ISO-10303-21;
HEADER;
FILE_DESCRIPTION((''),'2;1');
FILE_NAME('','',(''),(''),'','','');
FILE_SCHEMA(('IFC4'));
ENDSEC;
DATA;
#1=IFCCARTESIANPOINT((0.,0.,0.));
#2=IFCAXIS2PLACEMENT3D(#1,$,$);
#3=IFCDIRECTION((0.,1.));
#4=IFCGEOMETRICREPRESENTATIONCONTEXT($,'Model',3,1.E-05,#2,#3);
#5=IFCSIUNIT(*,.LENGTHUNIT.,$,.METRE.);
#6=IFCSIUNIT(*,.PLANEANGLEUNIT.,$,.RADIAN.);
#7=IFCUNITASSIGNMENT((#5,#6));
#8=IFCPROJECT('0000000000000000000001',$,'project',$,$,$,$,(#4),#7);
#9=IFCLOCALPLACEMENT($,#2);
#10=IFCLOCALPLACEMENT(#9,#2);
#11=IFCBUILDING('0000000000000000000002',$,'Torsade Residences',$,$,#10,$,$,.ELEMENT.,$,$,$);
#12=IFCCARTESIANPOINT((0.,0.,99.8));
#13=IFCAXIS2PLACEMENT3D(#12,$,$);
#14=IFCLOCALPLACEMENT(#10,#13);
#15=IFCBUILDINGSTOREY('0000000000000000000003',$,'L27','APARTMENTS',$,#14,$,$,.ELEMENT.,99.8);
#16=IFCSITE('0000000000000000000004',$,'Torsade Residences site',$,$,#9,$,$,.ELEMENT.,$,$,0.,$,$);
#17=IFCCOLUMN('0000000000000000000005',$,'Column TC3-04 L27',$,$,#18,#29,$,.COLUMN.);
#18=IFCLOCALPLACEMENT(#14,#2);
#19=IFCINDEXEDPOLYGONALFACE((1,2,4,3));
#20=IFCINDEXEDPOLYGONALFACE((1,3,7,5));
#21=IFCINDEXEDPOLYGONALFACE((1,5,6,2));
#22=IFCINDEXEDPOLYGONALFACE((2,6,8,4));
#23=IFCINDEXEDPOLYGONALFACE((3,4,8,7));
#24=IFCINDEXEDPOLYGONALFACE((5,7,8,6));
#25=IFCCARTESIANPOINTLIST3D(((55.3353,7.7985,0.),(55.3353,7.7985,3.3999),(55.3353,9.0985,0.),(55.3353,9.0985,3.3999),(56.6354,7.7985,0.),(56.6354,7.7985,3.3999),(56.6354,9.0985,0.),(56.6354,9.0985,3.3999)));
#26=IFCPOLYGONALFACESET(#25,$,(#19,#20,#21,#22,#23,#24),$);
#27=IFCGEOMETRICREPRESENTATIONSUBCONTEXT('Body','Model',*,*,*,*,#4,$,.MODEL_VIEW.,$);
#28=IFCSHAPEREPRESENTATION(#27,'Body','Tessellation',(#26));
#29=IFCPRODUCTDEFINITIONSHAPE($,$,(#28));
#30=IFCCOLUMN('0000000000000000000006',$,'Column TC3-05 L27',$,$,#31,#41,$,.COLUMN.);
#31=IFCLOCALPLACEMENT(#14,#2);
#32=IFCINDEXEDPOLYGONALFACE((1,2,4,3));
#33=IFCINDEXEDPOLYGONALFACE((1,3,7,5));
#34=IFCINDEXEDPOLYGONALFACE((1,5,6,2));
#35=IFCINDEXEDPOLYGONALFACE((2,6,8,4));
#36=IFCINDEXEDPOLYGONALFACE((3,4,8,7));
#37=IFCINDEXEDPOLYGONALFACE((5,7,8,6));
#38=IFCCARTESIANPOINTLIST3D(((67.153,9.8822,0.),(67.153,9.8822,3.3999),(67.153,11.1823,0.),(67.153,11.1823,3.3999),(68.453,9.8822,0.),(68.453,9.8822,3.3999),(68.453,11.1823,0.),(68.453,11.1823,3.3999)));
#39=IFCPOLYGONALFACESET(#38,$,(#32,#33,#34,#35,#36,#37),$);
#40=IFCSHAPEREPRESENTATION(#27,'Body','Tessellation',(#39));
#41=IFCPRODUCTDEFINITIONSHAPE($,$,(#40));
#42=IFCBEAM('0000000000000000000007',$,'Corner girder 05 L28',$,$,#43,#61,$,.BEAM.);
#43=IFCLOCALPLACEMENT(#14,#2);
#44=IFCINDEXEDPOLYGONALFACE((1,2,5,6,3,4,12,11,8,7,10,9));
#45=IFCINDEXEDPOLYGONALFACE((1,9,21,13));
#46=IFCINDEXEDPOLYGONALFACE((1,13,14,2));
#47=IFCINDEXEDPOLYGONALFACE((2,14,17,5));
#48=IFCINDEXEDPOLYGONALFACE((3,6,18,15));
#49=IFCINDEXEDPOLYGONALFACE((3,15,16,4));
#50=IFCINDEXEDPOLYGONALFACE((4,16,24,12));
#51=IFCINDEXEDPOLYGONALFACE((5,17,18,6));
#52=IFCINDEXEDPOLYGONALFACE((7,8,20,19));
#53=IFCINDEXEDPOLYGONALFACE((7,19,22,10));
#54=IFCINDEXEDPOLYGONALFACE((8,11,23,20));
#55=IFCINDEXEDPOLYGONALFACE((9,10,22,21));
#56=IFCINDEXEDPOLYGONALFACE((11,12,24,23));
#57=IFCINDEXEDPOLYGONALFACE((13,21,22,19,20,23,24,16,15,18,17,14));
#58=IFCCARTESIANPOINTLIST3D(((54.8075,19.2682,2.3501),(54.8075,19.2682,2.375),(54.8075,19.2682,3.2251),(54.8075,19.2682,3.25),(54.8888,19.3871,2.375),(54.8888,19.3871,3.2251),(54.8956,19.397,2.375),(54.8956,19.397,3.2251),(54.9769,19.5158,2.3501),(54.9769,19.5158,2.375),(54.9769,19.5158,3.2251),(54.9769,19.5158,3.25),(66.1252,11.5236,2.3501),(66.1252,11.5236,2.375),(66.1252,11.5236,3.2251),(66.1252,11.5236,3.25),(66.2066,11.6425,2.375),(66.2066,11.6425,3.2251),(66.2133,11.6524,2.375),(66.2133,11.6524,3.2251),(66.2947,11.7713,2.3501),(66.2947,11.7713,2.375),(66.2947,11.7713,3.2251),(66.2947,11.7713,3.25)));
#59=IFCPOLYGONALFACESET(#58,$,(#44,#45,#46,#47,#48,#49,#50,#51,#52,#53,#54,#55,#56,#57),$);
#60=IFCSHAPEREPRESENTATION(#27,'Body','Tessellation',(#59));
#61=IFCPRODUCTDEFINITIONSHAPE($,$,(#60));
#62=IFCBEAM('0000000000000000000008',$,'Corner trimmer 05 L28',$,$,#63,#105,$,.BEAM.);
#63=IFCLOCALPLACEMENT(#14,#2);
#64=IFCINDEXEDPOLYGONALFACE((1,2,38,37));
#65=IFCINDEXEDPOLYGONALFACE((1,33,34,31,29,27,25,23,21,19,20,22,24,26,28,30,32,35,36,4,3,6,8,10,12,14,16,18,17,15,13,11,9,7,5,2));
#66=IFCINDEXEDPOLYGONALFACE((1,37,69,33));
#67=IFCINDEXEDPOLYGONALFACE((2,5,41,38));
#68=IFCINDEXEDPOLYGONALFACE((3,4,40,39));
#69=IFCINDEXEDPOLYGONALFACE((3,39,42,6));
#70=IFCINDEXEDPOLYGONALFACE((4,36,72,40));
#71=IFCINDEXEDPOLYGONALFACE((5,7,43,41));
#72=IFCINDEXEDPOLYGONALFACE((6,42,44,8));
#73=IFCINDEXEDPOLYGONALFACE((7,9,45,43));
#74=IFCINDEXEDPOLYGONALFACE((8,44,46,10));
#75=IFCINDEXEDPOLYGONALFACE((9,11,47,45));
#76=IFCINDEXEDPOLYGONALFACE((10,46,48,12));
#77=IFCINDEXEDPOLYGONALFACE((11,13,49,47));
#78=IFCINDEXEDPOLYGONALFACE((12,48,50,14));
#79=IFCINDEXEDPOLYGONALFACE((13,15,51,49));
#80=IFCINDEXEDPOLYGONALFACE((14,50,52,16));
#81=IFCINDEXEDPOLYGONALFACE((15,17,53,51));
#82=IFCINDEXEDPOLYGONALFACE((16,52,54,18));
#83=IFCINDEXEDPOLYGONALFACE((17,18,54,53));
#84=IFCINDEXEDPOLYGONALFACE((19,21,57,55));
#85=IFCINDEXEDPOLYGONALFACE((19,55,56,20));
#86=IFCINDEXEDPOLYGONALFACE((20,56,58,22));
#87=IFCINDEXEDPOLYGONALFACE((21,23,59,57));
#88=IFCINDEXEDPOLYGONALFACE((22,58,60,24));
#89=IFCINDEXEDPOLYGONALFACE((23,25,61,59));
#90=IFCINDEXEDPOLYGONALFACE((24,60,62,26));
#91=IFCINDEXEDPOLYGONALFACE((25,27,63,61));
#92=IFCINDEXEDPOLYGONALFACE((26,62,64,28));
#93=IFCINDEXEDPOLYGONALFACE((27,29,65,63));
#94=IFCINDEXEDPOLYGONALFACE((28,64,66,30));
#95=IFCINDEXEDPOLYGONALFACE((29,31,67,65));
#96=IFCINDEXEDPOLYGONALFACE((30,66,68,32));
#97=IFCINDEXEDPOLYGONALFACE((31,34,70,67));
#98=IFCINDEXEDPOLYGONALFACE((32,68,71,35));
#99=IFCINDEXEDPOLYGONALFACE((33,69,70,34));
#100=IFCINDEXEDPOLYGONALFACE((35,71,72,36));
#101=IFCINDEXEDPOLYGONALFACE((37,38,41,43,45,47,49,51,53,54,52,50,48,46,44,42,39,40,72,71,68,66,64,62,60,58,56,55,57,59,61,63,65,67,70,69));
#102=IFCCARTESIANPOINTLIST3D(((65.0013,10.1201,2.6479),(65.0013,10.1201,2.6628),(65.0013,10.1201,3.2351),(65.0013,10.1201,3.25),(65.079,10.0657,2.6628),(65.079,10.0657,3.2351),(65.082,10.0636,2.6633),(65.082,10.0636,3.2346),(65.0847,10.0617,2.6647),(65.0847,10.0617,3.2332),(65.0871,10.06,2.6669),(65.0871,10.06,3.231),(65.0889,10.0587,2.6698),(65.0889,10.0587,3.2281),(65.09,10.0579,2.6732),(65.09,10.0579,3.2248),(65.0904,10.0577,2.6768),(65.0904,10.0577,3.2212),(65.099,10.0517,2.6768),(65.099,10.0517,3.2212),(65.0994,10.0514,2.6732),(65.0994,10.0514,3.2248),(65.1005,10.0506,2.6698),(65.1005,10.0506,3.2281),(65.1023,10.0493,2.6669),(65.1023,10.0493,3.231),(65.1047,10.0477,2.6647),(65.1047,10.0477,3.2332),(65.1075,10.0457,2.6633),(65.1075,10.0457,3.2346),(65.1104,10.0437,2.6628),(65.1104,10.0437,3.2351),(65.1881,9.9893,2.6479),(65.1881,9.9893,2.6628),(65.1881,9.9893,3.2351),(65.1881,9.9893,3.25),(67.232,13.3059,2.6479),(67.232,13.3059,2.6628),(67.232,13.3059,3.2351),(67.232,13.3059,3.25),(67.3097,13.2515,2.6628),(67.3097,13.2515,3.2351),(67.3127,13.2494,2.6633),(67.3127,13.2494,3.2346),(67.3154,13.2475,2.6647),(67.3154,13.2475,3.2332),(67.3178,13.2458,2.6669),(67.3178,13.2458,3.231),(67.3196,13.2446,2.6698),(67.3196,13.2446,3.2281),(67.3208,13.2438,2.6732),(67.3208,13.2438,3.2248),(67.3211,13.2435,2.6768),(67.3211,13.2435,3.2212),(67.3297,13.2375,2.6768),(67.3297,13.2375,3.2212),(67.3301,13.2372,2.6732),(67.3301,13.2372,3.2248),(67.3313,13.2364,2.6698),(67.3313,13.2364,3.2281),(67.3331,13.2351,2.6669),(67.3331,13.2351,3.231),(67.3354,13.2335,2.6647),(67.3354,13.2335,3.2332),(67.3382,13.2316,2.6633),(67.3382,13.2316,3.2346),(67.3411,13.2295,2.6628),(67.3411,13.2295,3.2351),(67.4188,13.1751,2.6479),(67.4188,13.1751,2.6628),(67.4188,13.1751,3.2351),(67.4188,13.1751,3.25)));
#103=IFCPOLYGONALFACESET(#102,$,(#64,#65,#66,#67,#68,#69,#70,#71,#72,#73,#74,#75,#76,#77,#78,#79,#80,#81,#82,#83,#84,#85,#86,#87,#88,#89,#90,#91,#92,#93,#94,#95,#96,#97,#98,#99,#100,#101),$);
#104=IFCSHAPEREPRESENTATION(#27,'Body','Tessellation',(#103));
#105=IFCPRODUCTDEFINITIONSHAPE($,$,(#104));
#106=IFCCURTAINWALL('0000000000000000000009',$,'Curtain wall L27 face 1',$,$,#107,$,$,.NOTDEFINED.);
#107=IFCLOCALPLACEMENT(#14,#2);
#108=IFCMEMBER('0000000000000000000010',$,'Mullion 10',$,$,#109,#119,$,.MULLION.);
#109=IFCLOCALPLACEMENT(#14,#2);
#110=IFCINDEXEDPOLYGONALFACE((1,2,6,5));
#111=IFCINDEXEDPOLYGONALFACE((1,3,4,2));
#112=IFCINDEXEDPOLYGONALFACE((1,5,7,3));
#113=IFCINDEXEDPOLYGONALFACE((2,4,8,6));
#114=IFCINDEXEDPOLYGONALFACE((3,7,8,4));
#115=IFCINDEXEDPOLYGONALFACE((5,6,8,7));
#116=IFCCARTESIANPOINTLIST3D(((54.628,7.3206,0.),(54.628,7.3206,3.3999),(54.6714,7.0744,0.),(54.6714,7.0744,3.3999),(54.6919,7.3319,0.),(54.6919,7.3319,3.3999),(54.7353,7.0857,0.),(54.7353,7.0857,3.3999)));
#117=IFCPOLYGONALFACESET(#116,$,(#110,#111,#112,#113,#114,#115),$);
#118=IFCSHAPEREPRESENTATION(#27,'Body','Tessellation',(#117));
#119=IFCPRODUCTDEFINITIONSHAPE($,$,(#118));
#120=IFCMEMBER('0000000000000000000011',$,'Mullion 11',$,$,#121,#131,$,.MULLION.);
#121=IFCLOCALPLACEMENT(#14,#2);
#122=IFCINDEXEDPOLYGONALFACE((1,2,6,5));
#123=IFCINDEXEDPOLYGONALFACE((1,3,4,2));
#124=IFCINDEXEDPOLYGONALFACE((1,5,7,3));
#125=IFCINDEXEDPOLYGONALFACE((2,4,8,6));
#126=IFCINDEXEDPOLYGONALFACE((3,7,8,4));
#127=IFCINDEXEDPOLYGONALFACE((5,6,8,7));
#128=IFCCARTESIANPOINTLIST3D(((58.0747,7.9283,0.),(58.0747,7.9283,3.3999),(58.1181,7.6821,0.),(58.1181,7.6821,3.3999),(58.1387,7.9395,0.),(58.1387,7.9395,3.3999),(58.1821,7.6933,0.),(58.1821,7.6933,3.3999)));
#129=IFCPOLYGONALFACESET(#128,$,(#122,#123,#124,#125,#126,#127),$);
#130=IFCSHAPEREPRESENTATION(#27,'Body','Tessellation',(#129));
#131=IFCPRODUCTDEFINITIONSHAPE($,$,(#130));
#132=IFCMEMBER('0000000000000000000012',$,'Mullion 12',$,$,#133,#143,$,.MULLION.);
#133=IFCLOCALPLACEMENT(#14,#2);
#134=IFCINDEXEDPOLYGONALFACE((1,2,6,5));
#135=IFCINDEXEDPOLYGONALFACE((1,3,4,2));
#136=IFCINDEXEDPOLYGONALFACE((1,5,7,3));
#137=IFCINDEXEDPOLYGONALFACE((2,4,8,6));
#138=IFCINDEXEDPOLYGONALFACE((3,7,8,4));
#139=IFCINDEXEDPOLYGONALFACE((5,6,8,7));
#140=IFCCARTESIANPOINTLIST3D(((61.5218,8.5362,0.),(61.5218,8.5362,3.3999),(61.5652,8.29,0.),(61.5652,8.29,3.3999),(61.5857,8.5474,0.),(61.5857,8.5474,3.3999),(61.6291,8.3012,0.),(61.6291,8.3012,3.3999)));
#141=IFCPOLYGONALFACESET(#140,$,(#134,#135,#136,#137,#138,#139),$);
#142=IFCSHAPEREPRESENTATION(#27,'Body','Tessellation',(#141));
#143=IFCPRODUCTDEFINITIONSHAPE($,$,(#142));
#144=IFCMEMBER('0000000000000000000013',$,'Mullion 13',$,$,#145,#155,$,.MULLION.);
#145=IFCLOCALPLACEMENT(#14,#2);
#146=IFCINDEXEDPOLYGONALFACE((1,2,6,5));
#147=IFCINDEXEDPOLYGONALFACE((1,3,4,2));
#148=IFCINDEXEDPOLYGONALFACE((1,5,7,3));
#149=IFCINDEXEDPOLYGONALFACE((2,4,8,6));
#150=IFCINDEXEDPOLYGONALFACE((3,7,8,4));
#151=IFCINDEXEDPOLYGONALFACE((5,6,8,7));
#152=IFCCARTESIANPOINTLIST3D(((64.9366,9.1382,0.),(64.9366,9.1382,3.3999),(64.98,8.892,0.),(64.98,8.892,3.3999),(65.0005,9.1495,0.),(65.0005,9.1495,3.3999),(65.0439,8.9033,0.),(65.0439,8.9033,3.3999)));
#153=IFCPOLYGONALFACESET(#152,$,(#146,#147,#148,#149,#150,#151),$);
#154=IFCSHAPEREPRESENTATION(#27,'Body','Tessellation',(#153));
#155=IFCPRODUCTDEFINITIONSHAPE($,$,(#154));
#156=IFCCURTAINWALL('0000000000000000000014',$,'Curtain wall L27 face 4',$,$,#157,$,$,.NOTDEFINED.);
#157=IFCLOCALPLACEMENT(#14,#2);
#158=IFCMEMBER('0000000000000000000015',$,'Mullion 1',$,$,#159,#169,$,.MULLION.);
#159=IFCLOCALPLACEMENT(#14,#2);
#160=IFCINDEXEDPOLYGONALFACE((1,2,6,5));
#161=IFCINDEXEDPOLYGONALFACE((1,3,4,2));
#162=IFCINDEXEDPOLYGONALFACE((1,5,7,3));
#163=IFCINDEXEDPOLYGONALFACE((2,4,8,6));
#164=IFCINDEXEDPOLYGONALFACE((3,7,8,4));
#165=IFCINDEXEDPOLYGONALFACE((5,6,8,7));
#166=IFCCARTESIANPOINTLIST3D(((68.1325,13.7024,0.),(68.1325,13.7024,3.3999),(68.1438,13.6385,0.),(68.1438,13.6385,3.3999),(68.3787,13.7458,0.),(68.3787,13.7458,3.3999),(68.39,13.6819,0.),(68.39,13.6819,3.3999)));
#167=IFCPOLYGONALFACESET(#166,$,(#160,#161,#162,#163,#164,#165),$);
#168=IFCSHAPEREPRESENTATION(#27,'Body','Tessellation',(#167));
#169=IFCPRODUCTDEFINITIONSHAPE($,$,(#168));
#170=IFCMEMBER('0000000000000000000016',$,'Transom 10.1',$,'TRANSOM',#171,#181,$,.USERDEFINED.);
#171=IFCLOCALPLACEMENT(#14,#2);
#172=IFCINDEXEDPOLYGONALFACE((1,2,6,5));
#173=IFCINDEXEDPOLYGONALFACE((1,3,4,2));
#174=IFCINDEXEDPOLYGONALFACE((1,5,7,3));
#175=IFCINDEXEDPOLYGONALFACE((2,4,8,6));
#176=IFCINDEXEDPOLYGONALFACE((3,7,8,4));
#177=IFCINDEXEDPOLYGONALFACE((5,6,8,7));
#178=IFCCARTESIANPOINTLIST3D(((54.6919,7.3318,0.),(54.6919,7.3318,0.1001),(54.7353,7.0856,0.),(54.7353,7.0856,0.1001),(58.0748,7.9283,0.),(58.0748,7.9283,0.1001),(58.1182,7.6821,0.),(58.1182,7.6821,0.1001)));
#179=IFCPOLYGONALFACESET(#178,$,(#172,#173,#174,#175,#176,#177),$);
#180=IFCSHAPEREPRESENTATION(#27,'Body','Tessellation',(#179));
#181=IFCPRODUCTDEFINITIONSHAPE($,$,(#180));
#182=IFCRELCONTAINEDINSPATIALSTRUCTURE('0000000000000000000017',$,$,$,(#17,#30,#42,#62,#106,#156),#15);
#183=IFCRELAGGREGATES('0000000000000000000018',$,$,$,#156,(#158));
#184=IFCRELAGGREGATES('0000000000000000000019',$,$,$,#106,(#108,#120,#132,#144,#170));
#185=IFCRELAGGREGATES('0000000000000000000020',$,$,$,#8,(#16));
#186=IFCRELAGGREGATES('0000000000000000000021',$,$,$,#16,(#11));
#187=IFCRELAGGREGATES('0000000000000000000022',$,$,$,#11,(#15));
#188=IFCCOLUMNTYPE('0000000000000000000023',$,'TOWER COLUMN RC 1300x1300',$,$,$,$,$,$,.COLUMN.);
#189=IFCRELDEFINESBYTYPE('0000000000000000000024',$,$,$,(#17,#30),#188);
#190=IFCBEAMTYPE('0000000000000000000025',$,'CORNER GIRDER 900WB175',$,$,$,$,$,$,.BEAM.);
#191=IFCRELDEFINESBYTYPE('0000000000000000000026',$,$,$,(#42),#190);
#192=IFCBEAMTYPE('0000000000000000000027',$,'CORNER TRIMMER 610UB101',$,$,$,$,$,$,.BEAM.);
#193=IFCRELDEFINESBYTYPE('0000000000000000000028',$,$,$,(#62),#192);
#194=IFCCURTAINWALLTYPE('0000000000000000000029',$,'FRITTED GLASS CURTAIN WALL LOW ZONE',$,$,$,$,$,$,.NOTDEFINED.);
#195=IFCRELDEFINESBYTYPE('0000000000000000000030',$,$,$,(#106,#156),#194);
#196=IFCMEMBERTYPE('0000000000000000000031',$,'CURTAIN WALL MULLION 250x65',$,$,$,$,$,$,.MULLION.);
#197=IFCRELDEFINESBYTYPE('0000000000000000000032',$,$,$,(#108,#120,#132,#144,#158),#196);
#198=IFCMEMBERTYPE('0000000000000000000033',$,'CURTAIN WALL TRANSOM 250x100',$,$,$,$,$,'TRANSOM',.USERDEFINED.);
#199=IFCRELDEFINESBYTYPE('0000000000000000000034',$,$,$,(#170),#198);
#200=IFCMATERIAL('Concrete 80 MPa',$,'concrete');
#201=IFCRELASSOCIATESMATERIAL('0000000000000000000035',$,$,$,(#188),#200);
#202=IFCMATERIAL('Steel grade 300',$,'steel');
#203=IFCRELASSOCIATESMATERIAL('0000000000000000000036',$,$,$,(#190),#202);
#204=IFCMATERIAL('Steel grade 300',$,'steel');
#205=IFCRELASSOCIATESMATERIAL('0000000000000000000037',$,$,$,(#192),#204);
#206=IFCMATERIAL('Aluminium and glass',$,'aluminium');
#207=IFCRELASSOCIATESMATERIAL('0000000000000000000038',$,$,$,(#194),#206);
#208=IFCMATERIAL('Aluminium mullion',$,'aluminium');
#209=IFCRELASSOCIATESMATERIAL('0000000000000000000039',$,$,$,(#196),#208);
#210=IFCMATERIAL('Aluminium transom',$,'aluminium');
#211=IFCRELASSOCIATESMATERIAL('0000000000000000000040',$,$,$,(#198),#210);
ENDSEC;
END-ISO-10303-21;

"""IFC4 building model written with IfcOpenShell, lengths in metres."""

from ifc_helpers import new_model, si_unit, direction, frame, origin, origin_2d, place, context, subcontext, project, spatial, rectangle, i_section, extrude, material, material_profile, profile_set, type_object, element, aggregate, save


model = new_model("IFC4")

# Units and contexts
model_context = context("Model", 3, precision=1e-05, world=origin(), true_north=direction((0.0, 1.0)))
body_context = subcontext(model_context, "Body", "Model", "MODEL_VIEW")
ifc_project = project(units=[si_unit("LENGTHUNIT", "METRE"), si_unit("PLANEANGLEUNIT", "RADIAN")], contexts=[model_context])

# Site, building, storey
site_placement = place(None, origin())
site = spatial("IfcSite", under=ifc_project, at=site_placement, Name="Torsade Residences site", CompositionType="ELEMENT", RefElevation=0.0)
building_placement = place(site_placement, origin())
building = spatial("IfcBuilding", under=site, at=building_placement, Name="Torsade Residences", CompositionType="ELEMENT")
storey_placement = place(building_placement, frame((0.0, 0.0, 99.8)))
storey = spatial("IfcBuildingStorey", under=building, at=storey_placement, Name="L27", Description="APARTMENTS", CompositionType="ELEMENT", Elevation=99.8)

# Columns
ifc_material_1 = material(Name="Concrete 80 MPa", Category="concrete")
ifc_material_profile_1 = material_profile(ifc_material_1, rectangle(XDim=1.3, YDim=1.3, at=origin_2d()), Name="RC 1300x1300")
ifc_profile_set_1 = profile_set([ifc_material_profile_1], Name="Concrete 80 MPa")
column_type = type_object("IfcColumnType", Name="TOWER COLUMN RC 1300x1300", PredefinedType="COLUMN", material=ifc_profile_set_1)
for number, where, z_axis, x_axis, name in (
    (1, (55.9854, 8.4485, 0.0), (0.0, 0.0, 1.0), (1.0, 0.0, 0.0), "Column TC3-04 L27"),
    (2, (67.803, 10.5322, 0.0), (0.0, 0.0, 1.0), (1.0, 0.0, 0.0), "Column TC3-05 L27"),
):
    element("IfcColumn", number, at=place(storey_placement, frame(where, z_axis=z_axis, x_axis=x_axis)), inside=storey, type_object=column_type, Name=name, PredefinedType="COLUMN", context=body_context, shape_type="SweptSolid", body=[
        extrude(rectangle(XDim=1.3, YDim=1.3, at=origin_2d()), origin(), (0.0, 0.0, 1.0), 3.3999),
    ])

# Beams
ifc_material_2 = material(Name="Steel grade 300", Category="steel")
ifc_material_profile_2 = material_profile(ifc_material_2, i_section(OverallWidth=0.3, OverallDepth=0.8999, WebThickness=0.012, FlangeThickness=0.0249, at=origin_2d()), Name="900WB175")
ifc_profile_set_2 = profile_set([ifc_material_profile_2], Name="Steel grade 300")
beam_type_1 = type_object("IfcBeamType", Name="CORNER GIRDER 900WB175", PredefinedType="BEAM", material=ifc_profile_set_2)
beam_1_placement = place(storey_placement, frame((66.21, 11.6475, 2.8), z_axis=(-0.825279, 0.564725, 0.0), x_axis=(-0.564725, -0.825279, 0.0)))
element("IfcBeam", 3, at=beam_1_placement, inside=storey, type_object=beam_type_1, Name="Corner girder 05 L28", PredefinedType="BEAM", context=body_context, shape_type="SweptSolid", body=[
    extrude(i_section(OverallWidth=0.3, OverallDepth=0.8999, WebThickness=0.012, FlangeThickness=0.0249, at=origin_2d()), origin(), (0.0, 0.0, 1.0), 13.7139),
])
ifc_material_3 = material(Name="Steel grade 300", Category="steel")
ifc_material_profile_3 = material_profile(ifc_material_3, i_section(OverallWidth=0.228, OverallDepth=0.6021, WebThickness=0.0105, FlangeThickness=0.0149, FilletRadius=0.0139, at=origin_2d()), Name="610UB101")
ifc_profile_set_3 = profile_set([ifc_material_profile_3], Name="Steel grade 300")
beam_type_2 = type_object("IfcBeamType", Name="CORNER TRIMMER 610UB101", PredefinedType="BEAM", material=ifc_profile_set_3)
beam_2_placement = place(storey_placement, frame((67.3254, 13.2405, 2.949), z_axis=(-0.573576, -0.819152, 0.0), x_axis=(0.819152, -0.573576, 0.0)))
element("IfcBeam", 4, at=beam_2_placement, inside=storey, type_object=beam_type_2, Name="Corner trimmer 05 L28", PredefinedType="BEAM", context=body_context, shape_type="SweptSolid", body=[
    extrude(i_section(OverallWidth=0.228, OverallDepth=0.6021, WebThickness=0.0105, FlangeThickness=0.0149, FilletRadius=0.0139, at=origin_2d()), origin(), (0.0, 0.0, 1.0), 3.8892),
])

# Curtain wall, members
ifc_material_4 = material(Name="Aluminium and glass", Category="aluminium")
curtain_wall_type = type_object("IfcCurtainWallType", Name="FRITTED GLASS CURTAIN WALL LOW ZONE", PredefinedType="NOTDEFINED", material=ifc_material_4)
curtain_wall_1_placement = place(storey_placement, origin())
curtain_wall_1 = element("IfcCurtainWall", 5, at=curtain_wall_1_placement, inside=storey, type_object=curtain_wall_type, Name="Curtain wall L27 face 1", PredefinedType="NOTDEFINED")
ifc_material_5 = material(Name="Aluminium mullion", Category="aluminium")
ifc_material_profile_4 = material_profile(ifc_material_5, rectangle(XDim=0.25, YDim=0.0649, at=origin_2d()), Name="CURTAIN WALL MULLION 250x65")
ifc_profile_set_4 = profile_set([ifc_material_profile_4], Name="Aluminium mullion")
member_type_1 = type_object("IfcMemberType", Name="CURTAIN WALL MULLION 250x65", PredefinedType="MULLION", material=ifc_profile_set_4)
member_1_placement = place(storey_placement, frame((54.6816, 7.2031, 0.0), z_axis=(0.0, 0.0, 1.0), x_axis=(-0.173648, 0.984808, 0.0)))
member_1 = element("IfcMember", 6, at=member_1_placement, type_object=member_type_1, Name="Mullion 10", PredefinedType="MULLION", context=body_context, shape_type="SweptSolid", body=[
    extrude(rectangle(XDim=0.25, YDim=0.0649, at=origin_2d()), origin(), (0.0, 0.0, 1.0), 3.3999),
])
member_2_placement = place(storey_placement, frame((58.1284, 7.8108, 0.0), z_axis=(0.0, 0.0, 1.0), x_axis=(-0.173648, 0.984808, 0.0)))
member_2 = element("IfcMember", 7, at=member_2_placement, type_object=member_type_1, Name="Mullion 11", PredefinedType="MULLION", context=body_context, shape_type="SweptSolid", body=[
    extrude(rectangle(XDim=0.25, YDim=0.0649, at=origin_2d()), origin(), (0.0, 0.0, 1.0), 3.3999),
])
member_3_placement = place(storey_placement, frame((61.5754, 8.4187, 0.0), z_axis=(0.0, 0.0, 1.0), x_axis=(-0.173648, 0.984808, 0.0)))
member_3 = element("IfcMember", 8, at=member_3_placement, type_object=member_type_1, Name="Mullion 12", PredefinedType="MULLION", context=body_context, shape_type="SweptSolid", body=[
    extrude(rectangle(XDim=0.25, YDim=0.0649, at=origin_2d()), origin(), (0.0, 0.0, 1.0), 3.3999),
])
member_4_placement = place(storey_placement, frame((64.9902, 9.0208, 0.0), z_axis=(0.0, 0.0, 1.0), x_axis=(-0.173648, 0.984808, 0.0)))
member_4 = element("IfcMember", 9, at=member_4_placement, type_object=member_type_1, Name="Mullion 13", PredefinedType="MULLION", context=body_context, shape_type="SweptSolid", body=[
    extrude(rectangle(XDim=0.25, YDim=0.0649, at=origin_2d()), origin(), (0.0, 0.0, 1.0), 3.3999),
])

# Curtain wall, member
curtain_wall_2_placement = place(storey_placement, origin())
curtain_wall_2 = element("IfcCurtainWall", 10, at=curtain_wall_2_placement, inside=storey, type_object=curtain_wall_type, Name="Curtain wall L27 face 4", PredefinedType="NOTDEFINED")
member_5_placement = place(storey_placement, frame((68.2612, 13.6921, 0.0), z_axis=(0.0, 0.0, 1.0), x_axis=(-0.984808, -0.173648, 0.0)))
member_5 = element("IfcMember", 11, at=member_5_placement, type_object=member_type_1, Name="Mullion 1", PredefinedType="MULLION", context=body_context, shape_type="SweptSolid", body=[
    extrude(rectangle(XDim=0.25, YDim=0.0649, at=origin_2d()), origin(), (0.0, 0.0, 1.0), 3.3999),
])
aggregate(curtain_wall_2, [member_5])

# Member
ifc_material_6 = material(Name="Aluminium transom", Category="aluminium")
ifc_material_profile_5 = material_profile(ifc_material_6, rectangle(XDim=0.25, YDim=0.1001, at=origin_2d()), Name="CURTAIN WALL TRANSOM 250x100")
ifc_profile_set_5 = profile_set([ifc_material_profile_5], Name="Aluminium transom")
member_type_2 = type_object("IfcMemberType", Name="CURTAIN WALL TRANSOM 250x100", ElementType="TRANSOM", PredefinedType="USERDEFINED", material=ifc_profile_set_5)
member_6_placement = place(storey_placement, frame((54.7136, 7.2087, 0.05), z_axis=(0.98481, 0.173635, 0.0), x_axis=(-0.173635, 0.98481, 0.0)))
member_6 = element("IfcMember", 12, at=member_6_placement, type_object=member_type_2, Name="Transom 10.1", ObjectType="TRANSOM", PredefinedType="USERDEFINED", context=body_context, shape_type="SweptSolid", body=[
    extrude(rectangle(XDim=0.25, YDim=0.1001, at=origin_2d()), origin(), (0.0, 0.0, 1.0), 3.4351),
])

aggregate(curtain_wall_1, [member_1, member_2, member_3, member_4, member_6])

save(model, "model.ifc")
